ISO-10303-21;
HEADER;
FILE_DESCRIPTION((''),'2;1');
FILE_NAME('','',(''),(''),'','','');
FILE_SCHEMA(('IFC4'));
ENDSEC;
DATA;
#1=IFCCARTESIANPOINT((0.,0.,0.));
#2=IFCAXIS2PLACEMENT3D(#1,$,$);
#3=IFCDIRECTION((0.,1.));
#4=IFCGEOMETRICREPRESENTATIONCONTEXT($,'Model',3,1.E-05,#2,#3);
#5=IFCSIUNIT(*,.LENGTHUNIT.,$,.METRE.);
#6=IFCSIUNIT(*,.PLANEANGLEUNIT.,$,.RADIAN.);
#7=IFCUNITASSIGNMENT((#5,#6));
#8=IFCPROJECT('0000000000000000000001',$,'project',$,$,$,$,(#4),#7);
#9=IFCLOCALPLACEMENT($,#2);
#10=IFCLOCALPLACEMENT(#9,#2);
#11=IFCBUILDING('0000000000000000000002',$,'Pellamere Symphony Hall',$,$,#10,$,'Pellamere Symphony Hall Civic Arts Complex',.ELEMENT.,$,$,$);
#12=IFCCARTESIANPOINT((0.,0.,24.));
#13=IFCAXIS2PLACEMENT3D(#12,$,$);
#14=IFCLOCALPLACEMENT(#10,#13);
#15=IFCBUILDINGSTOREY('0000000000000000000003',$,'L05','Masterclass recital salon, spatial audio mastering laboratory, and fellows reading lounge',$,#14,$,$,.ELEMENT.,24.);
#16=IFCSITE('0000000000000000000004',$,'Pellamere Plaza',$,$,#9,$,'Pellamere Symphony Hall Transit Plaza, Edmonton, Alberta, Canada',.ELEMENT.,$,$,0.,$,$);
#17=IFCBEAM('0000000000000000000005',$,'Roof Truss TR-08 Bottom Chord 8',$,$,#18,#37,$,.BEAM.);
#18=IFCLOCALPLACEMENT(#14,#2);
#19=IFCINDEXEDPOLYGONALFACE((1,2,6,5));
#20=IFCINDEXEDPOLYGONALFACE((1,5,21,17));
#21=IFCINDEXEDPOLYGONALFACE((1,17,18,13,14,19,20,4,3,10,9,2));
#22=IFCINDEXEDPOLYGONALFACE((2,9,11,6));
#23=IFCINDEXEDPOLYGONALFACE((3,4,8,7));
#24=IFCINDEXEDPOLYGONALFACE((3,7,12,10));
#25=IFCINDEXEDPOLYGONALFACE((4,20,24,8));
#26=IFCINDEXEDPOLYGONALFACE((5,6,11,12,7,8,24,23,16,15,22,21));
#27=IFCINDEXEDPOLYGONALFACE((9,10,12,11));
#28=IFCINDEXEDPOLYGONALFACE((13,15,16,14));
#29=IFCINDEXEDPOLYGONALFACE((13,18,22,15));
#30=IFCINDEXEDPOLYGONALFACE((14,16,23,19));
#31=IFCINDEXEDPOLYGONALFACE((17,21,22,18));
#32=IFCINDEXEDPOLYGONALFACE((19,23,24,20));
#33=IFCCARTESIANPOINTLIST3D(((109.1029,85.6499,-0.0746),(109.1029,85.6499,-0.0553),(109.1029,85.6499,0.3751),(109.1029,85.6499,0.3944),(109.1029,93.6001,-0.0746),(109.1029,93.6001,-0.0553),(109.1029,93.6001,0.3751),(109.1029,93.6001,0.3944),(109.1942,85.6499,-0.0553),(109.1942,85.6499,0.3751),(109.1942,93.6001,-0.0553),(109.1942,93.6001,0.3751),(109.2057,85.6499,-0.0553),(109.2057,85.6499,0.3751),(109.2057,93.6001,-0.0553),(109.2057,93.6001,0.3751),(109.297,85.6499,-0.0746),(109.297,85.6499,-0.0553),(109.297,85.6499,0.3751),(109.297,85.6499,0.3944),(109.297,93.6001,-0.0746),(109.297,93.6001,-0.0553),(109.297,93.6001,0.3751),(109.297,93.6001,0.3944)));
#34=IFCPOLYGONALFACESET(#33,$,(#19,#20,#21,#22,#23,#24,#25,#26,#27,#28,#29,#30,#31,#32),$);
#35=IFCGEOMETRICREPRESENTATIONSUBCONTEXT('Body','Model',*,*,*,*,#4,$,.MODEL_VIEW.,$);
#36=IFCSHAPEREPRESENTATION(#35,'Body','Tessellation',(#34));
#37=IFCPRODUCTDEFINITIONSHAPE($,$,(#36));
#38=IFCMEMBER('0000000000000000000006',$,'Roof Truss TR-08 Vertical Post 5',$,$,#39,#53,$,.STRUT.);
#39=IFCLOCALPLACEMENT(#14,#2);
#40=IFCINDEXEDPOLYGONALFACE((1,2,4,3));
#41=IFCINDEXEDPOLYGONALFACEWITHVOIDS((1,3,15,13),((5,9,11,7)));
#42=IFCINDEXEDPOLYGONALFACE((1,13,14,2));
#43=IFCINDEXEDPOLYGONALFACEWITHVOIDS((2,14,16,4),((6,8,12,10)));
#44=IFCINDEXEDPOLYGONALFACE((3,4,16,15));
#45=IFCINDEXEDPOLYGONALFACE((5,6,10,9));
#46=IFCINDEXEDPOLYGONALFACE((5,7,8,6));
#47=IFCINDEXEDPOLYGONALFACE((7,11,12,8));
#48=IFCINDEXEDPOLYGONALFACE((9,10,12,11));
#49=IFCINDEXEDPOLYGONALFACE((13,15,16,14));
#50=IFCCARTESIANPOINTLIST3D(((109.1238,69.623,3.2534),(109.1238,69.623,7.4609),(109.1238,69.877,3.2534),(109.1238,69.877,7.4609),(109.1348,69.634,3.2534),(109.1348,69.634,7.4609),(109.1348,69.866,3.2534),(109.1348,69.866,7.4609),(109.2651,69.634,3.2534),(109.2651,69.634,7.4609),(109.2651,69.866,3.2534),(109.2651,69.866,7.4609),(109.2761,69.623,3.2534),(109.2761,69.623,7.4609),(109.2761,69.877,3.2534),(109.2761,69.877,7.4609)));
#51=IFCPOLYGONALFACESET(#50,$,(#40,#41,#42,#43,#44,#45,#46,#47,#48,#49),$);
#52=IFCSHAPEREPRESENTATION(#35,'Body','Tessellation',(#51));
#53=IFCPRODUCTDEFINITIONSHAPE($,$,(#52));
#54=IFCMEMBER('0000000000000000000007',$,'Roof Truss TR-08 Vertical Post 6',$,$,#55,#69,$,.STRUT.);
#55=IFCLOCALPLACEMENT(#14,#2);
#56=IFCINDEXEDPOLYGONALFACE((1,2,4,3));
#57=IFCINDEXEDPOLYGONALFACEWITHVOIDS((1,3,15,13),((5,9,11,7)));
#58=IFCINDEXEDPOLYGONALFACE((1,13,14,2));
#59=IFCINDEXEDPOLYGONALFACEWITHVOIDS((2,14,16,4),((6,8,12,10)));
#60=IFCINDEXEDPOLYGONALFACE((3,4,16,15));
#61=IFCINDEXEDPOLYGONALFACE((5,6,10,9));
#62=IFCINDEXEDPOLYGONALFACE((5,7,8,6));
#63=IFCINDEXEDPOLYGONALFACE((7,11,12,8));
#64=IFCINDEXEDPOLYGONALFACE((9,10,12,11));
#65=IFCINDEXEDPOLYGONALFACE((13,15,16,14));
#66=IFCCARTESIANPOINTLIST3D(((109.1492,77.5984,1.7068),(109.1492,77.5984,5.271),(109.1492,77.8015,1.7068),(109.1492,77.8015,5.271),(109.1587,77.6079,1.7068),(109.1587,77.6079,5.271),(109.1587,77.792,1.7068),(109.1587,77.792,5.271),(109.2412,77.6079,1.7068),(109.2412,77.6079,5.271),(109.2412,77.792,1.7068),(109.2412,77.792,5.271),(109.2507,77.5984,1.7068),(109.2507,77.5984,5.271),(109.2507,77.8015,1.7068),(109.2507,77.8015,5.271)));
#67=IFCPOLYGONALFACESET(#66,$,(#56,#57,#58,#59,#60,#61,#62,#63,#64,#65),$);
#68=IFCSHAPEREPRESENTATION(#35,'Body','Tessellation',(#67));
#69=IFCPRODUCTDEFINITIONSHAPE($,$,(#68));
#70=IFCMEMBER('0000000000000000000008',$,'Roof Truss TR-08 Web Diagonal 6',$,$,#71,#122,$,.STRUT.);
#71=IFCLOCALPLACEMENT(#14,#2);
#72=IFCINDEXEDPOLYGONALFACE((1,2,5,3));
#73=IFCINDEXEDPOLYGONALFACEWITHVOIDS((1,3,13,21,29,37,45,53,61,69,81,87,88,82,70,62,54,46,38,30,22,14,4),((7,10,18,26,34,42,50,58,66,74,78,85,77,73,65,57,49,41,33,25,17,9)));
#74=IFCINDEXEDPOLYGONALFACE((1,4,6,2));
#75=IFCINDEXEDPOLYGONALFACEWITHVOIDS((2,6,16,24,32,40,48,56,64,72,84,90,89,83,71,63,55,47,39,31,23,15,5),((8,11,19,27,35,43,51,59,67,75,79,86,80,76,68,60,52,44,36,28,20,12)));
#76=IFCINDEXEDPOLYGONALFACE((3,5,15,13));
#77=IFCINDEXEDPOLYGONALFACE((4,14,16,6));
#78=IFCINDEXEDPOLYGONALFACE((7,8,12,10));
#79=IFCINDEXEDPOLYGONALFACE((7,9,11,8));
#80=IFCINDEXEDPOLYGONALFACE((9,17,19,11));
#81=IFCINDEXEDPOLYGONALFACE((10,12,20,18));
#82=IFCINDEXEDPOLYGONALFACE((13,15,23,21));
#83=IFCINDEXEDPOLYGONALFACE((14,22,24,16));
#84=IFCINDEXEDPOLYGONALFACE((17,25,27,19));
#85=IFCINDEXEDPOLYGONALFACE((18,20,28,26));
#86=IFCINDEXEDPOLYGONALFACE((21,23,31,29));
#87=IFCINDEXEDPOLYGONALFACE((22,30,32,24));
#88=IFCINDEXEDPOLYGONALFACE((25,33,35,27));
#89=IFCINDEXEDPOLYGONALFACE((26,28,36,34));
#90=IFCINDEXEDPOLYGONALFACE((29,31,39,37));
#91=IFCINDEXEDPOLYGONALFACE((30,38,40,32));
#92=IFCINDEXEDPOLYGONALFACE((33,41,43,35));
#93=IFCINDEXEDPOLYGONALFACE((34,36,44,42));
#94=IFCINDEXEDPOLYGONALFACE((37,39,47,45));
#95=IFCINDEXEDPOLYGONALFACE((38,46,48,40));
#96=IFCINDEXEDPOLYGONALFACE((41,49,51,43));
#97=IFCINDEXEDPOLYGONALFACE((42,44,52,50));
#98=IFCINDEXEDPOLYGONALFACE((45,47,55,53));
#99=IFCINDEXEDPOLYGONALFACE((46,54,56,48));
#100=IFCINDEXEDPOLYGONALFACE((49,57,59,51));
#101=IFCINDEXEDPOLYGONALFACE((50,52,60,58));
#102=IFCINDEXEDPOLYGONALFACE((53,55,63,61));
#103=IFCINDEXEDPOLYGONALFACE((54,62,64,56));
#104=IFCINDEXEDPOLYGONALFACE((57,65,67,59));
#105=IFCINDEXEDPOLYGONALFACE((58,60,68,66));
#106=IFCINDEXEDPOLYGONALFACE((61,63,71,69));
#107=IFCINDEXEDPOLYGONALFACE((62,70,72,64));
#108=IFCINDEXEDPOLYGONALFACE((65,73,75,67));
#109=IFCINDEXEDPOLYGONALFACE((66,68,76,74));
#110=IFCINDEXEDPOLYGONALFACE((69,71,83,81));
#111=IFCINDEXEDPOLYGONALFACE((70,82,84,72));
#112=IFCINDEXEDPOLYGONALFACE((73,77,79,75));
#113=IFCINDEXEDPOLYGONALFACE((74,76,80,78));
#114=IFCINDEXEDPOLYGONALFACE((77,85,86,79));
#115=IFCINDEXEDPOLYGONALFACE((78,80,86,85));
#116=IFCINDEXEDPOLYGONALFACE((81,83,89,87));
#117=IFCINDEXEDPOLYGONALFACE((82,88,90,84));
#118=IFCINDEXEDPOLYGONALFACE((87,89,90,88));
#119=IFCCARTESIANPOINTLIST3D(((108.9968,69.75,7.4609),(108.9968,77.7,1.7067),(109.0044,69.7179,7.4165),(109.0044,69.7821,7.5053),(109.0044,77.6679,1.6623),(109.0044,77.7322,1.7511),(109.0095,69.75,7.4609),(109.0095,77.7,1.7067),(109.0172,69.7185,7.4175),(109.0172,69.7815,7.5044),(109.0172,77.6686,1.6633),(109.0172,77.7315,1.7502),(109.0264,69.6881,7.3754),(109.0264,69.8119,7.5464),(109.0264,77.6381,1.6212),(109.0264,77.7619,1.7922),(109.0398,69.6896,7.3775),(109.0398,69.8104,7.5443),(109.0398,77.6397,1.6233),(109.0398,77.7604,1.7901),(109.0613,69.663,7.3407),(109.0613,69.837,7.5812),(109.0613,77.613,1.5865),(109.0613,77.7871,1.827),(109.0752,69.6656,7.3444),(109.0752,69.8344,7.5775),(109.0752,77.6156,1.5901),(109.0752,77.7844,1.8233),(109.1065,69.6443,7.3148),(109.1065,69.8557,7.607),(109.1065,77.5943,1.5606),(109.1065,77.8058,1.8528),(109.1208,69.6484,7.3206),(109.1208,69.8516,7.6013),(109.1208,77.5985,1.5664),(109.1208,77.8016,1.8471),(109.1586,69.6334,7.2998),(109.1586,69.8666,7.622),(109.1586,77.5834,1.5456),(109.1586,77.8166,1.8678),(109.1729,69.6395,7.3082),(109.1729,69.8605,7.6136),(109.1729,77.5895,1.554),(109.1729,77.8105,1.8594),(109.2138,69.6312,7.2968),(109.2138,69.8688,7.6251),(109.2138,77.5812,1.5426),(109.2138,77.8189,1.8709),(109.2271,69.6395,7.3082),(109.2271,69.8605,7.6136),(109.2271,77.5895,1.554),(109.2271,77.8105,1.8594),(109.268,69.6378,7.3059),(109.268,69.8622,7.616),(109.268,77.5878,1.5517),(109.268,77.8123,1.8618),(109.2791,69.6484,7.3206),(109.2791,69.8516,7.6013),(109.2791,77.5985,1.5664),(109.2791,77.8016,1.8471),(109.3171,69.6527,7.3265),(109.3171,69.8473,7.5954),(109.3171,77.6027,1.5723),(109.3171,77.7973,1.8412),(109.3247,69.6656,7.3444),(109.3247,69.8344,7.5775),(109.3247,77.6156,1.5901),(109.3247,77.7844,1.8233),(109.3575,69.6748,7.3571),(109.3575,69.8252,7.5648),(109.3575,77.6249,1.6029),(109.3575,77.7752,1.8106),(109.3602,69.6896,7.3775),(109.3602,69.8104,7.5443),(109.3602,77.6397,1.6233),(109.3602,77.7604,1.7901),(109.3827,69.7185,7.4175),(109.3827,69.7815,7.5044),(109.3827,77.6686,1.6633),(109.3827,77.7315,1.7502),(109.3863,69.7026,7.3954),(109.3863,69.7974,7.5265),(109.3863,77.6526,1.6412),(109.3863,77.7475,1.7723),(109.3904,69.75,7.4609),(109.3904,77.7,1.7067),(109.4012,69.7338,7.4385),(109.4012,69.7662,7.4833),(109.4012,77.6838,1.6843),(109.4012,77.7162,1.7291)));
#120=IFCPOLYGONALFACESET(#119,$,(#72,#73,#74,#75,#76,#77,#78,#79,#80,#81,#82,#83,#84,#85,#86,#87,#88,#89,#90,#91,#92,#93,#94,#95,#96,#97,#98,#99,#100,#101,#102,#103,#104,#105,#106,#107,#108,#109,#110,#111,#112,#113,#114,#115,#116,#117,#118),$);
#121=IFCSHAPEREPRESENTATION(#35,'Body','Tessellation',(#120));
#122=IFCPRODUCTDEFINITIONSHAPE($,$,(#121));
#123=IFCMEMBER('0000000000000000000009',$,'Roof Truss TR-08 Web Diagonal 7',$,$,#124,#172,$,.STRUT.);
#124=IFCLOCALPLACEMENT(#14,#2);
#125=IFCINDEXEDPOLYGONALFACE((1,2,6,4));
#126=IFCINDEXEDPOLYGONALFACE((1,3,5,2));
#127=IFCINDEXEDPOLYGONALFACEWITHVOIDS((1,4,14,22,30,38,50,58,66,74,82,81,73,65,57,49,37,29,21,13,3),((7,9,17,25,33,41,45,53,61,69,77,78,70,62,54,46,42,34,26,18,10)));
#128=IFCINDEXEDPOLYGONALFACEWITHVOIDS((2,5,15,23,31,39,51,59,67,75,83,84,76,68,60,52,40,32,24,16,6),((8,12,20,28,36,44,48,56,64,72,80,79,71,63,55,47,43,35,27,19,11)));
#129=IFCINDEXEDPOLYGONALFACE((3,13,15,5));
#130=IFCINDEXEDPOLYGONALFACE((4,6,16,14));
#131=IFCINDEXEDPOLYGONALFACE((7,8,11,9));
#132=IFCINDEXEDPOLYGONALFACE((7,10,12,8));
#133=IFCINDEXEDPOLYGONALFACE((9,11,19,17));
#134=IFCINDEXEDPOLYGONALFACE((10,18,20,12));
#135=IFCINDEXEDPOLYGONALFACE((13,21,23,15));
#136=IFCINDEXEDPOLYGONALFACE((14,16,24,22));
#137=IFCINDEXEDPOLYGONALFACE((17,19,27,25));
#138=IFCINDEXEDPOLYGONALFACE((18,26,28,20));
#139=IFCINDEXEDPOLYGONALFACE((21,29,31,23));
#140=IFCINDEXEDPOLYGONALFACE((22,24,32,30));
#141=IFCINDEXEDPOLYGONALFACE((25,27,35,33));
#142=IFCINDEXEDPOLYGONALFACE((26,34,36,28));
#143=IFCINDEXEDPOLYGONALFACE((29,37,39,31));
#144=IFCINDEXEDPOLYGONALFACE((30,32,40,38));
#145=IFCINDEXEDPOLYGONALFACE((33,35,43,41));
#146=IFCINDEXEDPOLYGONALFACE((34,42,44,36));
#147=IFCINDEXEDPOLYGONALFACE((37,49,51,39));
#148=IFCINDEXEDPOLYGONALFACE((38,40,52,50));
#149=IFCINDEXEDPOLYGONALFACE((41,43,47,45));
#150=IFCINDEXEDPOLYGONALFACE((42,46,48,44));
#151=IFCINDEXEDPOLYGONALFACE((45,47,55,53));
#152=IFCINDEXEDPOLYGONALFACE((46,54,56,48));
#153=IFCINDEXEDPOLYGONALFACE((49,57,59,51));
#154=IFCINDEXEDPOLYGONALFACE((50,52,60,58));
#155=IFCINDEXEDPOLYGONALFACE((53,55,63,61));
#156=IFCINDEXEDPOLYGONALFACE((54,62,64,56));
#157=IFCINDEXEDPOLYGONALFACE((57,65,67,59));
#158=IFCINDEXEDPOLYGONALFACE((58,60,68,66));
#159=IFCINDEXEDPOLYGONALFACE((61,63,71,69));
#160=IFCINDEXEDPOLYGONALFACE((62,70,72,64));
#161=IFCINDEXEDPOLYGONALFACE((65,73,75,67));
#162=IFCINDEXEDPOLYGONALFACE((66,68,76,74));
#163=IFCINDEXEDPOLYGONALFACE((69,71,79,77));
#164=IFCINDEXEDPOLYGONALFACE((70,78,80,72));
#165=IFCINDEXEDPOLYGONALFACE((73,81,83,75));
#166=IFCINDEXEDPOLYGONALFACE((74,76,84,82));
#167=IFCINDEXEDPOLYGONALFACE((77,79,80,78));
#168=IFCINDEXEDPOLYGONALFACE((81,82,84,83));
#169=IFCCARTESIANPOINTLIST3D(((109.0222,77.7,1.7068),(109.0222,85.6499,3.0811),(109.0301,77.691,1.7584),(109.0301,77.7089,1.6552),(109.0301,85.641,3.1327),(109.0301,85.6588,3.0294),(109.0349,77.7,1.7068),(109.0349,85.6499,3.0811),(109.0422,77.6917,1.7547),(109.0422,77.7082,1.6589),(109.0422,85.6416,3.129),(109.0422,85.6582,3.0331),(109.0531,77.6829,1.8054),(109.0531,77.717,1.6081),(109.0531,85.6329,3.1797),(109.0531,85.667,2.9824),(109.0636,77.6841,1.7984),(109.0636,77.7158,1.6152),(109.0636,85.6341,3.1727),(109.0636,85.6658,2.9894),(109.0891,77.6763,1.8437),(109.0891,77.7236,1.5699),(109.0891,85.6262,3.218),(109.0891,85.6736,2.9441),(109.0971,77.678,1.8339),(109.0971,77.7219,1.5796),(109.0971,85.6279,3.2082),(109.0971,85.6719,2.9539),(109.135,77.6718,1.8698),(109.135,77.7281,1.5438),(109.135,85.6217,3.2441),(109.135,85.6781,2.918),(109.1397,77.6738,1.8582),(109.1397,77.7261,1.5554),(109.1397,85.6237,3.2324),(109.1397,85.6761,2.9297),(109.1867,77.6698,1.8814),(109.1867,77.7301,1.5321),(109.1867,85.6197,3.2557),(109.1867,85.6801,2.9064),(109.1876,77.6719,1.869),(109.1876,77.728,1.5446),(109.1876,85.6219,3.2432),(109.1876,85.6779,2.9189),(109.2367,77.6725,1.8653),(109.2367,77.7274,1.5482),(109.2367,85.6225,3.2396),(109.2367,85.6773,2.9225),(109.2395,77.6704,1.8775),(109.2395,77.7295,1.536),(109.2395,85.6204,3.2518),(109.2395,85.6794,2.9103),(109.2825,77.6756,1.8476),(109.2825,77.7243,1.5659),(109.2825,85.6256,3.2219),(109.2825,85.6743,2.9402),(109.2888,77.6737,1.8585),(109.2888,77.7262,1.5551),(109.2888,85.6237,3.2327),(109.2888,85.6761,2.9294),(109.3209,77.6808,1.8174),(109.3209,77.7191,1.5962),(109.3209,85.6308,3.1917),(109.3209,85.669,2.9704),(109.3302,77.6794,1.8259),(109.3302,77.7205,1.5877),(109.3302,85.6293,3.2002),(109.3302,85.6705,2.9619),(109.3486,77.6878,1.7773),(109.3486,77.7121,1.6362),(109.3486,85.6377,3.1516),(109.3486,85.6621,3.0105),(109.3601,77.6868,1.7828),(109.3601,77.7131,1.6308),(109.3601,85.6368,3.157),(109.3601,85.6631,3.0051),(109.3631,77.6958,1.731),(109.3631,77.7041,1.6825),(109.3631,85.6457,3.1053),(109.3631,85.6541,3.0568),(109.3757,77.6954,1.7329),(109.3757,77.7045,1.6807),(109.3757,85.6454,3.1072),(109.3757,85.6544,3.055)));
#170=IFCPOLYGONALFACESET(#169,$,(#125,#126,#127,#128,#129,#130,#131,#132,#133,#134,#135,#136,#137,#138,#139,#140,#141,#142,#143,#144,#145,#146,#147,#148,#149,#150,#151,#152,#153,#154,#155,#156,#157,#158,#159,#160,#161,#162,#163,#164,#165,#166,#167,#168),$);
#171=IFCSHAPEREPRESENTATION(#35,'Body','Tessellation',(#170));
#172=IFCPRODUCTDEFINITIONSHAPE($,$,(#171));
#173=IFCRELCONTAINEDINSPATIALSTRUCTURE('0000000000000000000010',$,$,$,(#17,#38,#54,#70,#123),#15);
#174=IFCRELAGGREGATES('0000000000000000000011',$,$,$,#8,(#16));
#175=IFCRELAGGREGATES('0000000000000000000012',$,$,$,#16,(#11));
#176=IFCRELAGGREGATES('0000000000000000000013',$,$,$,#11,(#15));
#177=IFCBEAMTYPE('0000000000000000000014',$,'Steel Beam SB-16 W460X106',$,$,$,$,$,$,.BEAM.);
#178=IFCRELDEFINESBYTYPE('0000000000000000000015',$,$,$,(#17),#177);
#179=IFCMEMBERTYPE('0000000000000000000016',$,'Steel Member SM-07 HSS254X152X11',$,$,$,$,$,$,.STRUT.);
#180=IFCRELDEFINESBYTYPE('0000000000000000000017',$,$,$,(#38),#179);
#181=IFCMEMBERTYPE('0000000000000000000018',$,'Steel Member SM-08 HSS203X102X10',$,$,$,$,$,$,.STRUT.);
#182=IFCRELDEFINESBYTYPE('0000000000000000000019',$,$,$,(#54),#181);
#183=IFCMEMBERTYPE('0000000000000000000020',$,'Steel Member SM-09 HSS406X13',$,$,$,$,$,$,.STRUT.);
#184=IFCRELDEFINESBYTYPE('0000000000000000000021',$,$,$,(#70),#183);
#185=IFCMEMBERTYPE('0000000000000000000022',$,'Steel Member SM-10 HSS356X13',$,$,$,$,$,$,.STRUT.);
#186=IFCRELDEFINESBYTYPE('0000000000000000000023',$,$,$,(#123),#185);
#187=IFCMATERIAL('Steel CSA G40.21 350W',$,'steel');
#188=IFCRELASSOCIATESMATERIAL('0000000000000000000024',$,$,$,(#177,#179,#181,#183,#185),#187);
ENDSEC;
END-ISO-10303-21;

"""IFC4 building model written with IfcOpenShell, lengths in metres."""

from ifc_helpers import new_model, si_unit, direction, frame, origin, origin_2d, place, context, subcontext, project, spatial, hollow_rectangle, hollow_circle, i_section, extrude, material, material_profile, profile_set, type_object, element, save


model = new_model("IFC4")

# Units and contexts
model_context = context("Model", 3, precision=1e-05, world=origin(), true_north=direction((0.0, 1.0)))
body_context = subcontext(model_context, "Body", "Model", "MODEL_VIEW")
ifc_project = project(units=[si_unit("LENGTHUNIT", "METRE"), si_unit("PLANEANGLEUNIT", "RADIAN")], contexts=[model_context])

# Site, building, storey
site_placement = place(None, origin())
site = spatial("IfcSite", under=ifc_project, at=site_placement, Name="Pellamere Plaza", LongName="Pellamere Symphony Hall Transit Plaza, Edmonton, Alberta, Canada", CompositionType="ELEMENT", RefElevation=0.0)
building_placement = place(site_placement, origin())
building = spatial("IfcBuilding", under=site, at=building_placement, Name="Pellamere Symphony Hall", LongName="Pellamere Symphony Hall Civic Arts Complex", CompositionType="ELEMENT")
storey_placement = place(building_placement, frame((0.0, 0.0, 24.0)))
storey = spatial("IfcBuildingStorey", under=building, at=storey_placement, Name="L05", Description="Masterclass recital salon, spatial audio mastering laboratory, and fellows reading lounge", CompositionType="ELEMENT", Elevation=24.0)

# Beam
ifc_material_1 = material(Name="Steel CSA G40.21 350W", Category="steel")
ifc_material_profile_1 = material_profile(ifc_material_1, i_section(OverallWidth=0.1941, OverallDepth=0.469, WebThickness=0.0115, FlangeThickness=0.0193, at=origin_2d()), Name="W460X106")
ifc_profile_set_1 = profile_set([ifc_material_profile_1], Name="Steel CSA G40.21 350W")
beam_type_1 = type_object("IfcBeamType", Name="Steel Beam SB-16 W460X106", PredefinedType="BEAM", material=ifc_profile_set_1)
beam_1_placement = place(storey_placement, frame((109.2, 85.6499, 0.1599), z_axis=(0.0, 1.0, 0.0), x_axis=(-1.0, 0.0, 0.0)))
element("IfcBeam", 1, at=beam_1_placement, inside=storey, type_object=beam_type_1, Name="Roof Truss TR-08 Bottom Chord 8", PredefinedType="BEAM", context=body_context, shape_type="SweptSolid", body=[
    extrude(i_section(OverallWidth=0.1941, OverallDepth=0.469, WebThickness=0.0115, FlangeThickness=0.0193, at=origin_2d()), origin(), (0.0, 0.0, 1.0), 7.9502),
])

# Members
ifc_material_profile_2 = material_profile(ifc_material_1, hollow_rectangle(XDim=0.1523, YDim=0.2539, WallThickness=0.011, at=origin_2d()), Name="HSS254X152X11")
ifc_profile_set_2 = profile_set([ifc_material_profile_2], Name="Steel CSA G40.21 350W")
member_type_1 = type_object("IfcMemberType", Name="Steel Member SM-07 HSS254X152X11", PredefinedType="STRUT", material=ifc_profile_set_2)
member_1_placement = place(storey_placement, frame((109.2, 69.75, 3.2534), z_axis=(0.0, 0.0, 1.0), x_axis=(1.0, 0.0, 0.0)))
element("IfcMember", 2, at=member_1_placement, inside=storey, type_object=member_type_1, Name="Roof Truss TR-08 Vertical Post 5", PredefinedType="STRUT", context=body_context, shape_type="SweptSolid", body=[
    extrude(hollow_rectangle(XDim=0.1523, YDim=0.2539, WallThickness=0.011, at=origin_2d()), origin(), (0.0, 0.0, 1.0), 4.2075),
])
ifc_material_profile_3 = material_profile(ifc_material_1, hollow_rectangle(XDim=0.1016, YDim=0.2031, WallThickness=0.0095, at=origin_2d()), Name="HSS203X102X10")
ifc_profile_set_3 = profile_set([ifc_material_profile_3], Name="Steel CSA G40.21 350W")
member_type_2 = type_object("IfcMemberType", Name="Steel Member SM-08 HSS203X102X10", PredefinedType="STRUT", material=ifc_profile_set_3)
member_2_placement = place(storey_placement, frame((109.2, 77.7, 1.7068), z_axis=(0.0, 0.0, 1.0), x_axis=(1.0, 0.0, 0.0)))
element("IfcMember", 3, at=member_2_placement, inside=storey, type_object=member_type_2, Name="Roof Truss TR-08 Vertical Post 6", PredefinedType="STRUT", context=body_context, shape_type="SweptSolid", body=[
    extrude(hollow_rectangle(XDim=0.1016, YDim=0.2031, WallThickness=0.0095, at=origin_2d()), origin(), (0.0, 0.0, 1.0), 3.5642),
])
ifc_material_profile_4 = material_profile(ifc_material_1, hollow_circle(Radius=0.2031, WallThickness=0.0127, at=origin_2d()), Name="HSS406X13")
ifc_profile_set_4 = profile_set([ifc_material_profile_4], Name="Steel CSA G40.21 350W")
member_type_3 = type_object("IfcMemberType", Name="Steel Member SM-09 HSS406X13", PredefinedType="STRUT", material=ifc_profile_set_4)
member_3_placement = place(storey_placement, frame((109.2, 69.75, 7.4609), z_axis=(0.0, 0.810073, -0.586329), x_axis=(-1.0, 0.0, 0.0)))
element("IfcMember", 4, at=member_3_placement, inside=storey, type_object=member_type_3, Name="Roof Truss TR-08 Web Diagonal 6", PredefinedType="STRUT", context=body_context, shape_type="SweptSolid", body=[
    extrude(hollow_circle(Radius=0.2031, WallThickness=0.0127, at=origin_2d()), origin(), (0.0, 0.0, 1.0), 9.814),
])
ifc_material_profile_5 = material_profile(ifc_material_1, hollow_circle(Radius=0.1777, WallThickness=0.0127, at=origin_2d()), Name="HSS356X13")
ifc_profile_set_5 = profile_set([ifc_material_profile_5], Name="Steel CSA G40.21 350W")
member_type_4 = type_object("IfcMemberType", Name="Steel Member SM-10 HSS356X13", PredefinedType="STRUT", material=ifc_profile_set_5)
member_4_placement = place(storey_placement, frame((109.2, 77.7, 1.7068), z_axis=(0.0, 0.985386, 0.170339), x_axis=(-1.0, 0.0, 0.0)))
element("IfcMember", 5, at=member_4_placement, inside=storey, type_object=member_type_4, Name="Roof Truss TR-08 Web Diagonal 7", PredefinedType="STRUT", context=body_context, shape_type="SweptSolid", body=[
    extrude(hollow_circle(Radius=0.1777, WallThickness=0.0127, at=origin_2d()), origin(), (0.0, 0.0, 1.0), 8.0679),
])

save(model, "model.ifc")
